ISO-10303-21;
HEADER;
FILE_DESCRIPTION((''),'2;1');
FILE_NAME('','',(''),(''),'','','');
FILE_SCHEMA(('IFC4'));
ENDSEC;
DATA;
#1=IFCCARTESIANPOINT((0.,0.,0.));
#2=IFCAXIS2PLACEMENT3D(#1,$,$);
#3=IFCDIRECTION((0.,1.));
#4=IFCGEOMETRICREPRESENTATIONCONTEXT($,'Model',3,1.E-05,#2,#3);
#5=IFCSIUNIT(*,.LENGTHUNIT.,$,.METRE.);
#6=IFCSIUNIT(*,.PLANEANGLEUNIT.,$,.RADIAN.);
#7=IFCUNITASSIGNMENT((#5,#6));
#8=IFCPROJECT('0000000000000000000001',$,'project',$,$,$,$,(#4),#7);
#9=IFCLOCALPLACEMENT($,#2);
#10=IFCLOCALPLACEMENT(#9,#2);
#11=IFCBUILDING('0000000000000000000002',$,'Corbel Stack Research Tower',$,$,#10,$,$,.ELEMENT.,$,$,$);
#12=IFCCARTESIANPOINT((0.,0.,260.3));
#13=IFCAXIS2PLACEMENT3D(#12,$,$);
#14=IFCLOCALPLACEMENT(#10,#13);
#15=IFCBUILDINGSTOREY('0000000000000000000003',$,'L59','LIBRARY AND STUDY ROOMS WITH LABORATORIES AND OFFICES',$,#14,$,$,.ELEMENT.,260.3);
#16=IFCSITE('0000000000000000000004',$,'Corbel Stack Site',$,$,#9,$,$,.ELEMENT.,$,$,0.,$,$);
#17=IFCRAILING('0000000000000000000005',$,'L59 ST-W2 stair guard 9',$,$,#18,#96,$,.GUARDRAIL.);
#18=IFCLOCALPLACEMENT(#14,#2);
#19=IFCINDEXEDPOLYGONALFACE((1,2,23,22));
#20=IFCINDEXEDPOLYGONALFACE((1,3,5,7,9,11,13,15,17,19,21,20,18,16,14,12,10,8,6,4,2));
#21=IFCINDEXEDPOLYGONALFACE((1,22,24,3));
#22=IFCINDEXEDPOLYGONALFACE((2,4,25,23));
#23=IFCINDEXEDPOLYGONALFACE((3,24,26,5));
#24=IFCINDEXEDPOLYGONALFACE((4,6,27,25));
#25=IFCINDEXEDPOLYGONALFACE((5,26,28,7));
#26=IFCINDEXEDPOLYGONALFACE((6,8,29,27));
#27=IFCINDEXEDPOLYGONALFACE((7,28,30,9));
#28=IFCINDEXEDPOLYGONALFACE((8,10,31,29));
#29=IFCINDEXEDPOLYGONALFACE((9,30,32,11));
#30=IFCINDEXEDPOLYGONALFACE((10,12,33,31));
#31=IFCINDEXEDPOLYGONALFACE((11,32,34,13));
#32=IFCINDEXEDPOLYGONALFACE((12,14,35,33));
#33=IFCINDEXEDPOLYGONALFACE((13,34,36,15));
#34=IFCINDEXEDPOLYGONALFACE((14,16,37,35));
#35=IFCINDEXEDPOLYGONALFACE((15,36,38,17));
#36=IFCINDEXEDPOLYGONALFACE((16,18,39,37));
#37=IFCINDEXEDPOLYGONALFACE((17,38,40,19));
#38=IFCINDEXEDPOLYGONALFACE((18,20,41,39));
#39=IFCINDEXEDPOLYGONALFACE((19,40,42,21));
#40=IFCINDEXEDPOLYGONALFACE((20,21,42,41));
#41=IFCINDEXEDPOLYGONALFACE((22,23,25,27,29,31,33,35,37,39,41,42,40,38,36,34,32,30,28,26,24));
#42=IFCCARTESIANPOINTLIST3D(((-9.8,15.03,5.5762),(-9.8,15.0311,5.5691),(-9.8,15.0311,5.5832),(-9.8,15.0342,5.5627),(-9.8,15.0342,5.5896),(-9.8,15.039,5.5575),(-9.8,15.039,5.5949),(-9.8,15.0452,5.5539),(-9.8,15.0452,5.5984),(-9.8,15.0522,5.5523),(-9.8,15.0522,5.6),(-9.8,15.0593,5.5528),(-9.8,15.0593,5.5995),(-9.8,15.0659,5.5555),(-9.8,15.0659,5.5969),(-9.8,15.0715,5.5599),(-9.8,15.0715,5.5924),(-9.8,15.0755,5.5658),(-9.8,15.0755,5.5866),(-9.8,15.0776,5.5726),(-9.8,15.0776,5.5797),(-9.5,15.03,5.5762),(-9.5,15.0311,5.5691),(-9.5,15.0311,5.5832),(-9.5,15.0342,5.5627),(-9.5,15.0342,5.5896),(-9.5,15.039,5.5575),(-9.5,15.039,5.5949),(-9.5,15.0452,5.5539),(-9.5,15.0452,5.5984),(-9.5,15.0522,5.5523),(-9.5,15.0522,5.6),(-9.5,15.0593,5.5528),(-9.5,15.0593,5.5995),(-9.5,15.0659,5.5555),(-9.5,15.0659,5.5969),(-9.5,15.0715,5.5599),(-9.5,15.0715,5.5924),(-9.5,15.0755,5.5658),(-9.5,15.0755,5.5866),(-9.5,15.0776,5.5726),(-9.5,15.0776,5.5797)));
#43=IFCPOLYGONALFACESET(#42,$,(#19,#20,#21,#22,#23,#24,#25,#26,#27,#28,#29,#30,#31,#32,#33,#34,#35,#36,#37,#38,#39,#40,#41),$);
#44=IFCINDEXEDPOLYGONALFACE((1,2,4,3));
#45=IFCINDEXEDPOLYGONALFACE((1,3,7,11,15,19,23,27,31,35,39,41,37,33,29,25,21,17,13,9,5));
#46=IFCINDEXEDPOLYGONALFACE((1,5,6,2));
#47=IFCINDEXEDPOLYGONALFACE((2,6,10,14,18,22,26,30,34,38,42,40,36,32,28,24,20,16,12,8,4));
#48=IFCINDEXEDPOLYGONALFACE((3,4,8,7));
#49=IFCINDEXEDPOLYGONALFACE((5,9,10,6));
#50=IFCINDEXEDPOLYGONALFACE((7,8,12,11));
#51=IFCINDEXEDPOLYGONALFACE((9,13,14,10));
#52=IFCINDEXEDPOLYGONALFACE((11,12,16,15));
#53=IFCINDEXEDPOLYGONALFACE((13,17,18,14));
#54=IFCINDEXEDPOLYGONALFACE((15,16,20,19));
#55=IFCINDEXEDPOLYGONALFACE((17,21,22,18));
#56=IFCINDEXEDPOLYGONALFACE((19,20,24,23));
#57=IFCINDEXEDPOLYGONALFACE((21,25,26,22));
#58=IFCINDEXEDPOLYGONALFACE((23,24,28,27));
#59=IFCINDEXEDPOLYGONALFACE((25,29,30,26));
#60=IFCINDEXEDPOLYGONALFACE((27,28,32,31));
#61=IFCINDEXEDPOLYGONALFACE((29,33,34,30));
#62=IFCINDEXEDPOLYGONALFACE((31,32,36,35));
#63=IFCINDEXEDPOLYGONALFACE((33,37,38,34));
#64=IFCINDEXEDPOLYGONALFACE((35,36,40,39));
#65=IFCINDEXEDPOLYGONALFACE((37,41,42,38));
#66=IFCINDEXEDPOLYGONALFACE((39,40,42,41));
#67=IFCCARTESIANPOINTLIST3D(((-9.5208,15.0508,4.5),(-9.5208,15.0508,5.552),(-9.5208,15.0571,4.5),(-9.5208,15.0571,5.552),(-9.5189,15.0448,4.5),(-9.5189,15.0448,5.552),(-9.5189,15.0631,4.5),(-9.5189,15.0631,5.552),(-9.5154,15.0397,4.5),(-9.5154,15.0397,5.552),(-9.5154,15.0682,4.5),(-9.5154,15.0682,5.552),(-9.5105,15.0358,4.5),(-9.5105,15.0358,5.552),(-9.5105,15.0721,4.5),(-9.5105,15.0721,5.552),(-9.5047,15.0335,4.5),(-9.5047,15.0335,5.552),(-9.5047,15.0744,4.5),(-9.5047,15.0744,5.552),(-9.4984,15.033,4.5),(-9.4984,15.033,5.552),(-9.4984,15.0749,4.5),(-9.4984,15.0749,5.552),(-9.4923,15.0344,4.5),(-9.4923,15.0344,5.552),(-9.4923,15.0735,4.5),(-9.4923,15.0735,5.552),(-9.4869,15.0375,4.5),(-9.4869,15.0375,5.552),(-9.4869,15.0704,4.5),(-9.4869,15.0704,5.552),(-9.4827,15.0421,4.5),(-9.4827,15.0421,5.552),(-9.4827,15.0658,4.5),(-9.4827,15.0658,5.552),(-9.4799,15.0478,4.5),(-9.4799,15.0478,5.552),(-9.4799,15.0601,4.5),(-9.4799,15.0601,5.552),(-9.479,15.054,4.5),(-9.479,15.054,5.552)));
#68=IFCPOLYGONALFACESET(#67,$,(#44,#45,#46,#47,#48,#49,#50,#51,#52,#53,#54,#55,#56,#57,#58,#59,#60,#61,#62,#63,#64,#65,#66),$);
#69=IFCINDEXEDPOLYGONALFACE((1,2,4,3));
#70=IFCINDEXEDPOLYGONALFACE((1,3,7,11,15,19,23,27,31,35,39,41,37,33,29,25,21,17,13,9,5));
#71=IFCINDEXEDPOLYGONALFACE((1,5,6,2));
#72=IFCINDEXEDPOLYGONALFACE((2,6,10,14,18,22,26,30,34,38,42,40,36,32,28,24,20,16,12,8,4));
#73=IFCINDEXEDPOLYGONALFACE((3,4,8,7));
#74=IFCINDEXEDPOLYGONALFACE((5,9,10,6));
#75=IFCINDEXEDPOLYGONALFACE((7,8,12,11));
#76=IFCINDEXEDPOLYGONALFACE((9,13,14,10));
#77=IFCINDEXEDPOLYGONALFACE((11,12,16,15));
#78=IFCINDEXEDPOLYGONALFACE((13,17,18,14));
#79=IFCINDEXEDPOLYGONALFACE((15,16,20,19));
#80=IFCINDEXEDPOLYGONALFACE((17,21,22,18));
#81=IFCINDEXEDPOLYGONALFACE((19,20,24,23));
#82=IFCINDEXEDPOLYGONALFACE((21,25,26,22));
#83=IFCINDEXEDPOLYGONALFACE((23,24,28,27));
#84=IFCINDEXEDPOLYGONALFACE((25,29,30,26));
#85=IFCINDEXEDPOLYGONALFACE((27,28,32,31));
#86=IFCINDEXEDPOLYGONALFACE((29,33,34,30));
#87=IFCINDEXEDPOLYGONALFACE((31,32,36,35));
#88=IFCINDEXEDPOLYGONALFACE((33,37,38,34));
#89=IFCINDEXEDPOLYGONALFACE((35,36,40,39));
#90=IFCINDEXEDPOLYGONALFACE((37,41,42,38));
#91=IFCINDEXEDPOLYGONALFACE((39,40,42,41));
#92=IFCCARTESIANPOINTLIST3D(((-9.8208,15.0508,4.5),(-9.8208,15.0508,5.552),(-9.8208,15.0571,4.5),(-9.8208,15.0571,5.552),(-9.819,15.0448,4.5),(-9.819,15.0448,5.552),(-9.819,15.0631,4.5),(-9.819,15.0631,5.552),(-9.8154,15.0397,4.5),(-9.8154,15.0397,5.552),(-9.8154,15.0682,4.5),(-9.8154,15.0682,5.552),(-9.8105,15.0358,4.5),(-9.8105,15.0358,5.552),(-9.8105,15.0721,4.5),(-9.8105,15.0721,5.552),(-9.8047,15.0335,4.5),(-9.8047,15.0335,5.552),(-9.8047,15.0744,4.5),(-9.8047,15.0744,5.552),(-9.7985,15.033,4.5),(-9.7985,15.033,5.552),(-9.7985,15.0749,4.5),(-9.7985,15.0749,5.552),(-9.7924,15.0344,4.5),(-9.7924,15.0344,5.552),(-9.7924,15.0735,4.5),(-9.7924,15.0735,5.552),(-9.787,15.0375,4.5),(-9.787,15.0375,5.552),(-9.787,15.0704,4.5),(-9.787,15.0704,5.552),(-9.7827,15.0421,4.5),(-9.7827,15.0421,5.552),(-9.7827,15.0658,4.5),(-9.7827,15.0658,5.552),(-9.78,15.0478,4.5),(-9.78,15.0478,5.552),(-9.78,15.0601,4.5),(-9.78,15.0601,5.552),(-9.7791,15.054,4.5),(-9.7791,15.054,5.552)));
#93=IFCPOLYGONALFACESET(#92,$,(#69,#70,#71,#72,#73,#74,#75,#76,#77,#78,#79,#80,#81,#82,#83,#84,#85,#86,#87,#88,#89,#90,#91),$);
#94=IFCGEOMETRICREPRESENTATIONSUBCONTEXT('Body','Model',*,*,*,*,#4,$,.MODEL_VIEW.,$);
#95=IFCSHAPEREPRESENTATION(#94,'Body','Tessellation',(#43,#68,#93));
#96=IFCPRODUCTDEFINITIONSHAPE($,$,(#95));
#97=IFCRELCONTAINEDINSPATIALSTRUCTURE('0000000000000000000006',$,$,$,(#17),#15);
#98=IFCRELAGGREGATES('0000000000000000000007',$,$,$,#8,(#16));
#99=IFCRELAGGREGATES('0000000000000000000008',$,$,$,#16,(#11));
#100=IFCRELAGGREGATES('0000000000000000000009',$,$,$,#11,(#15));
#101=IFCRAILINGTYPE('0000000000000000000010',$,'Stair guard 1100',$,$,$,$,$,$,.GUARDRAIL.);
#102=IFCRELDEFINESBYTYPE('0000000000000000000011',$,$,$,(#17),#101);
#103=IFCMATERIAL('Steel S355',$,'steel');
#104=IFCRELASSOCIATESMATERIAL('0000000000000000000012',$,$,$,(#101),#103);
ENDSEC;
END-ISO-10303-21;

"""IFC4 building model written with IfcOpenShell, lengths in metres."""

from ifc_helpers import new_model, si_unit, direction, frame, origin, origin_2d, place, context, subcontext, project, spatial, circle, extrude, material, type_object, element, save


model = new_model("IFC4")

# Units and contexts
model_context = context("Model", 3, precision=1e-05, world=origin(), true_north=direction((0.0, 1.0)))
body_context = subcontext(model_context, "Body", "Model", "MODEL_VIEW")
ifc_project = project(units=[si_unit("LENGTHUNIT", "METRE"), si_unit("PLANEANGLEUNIT", "RADIAN")], contexts=[model_context])

# Site, building, storey
site_placement = place(None, origin())
site = spatial("IfcSite", under=ifc_project, at=site_placement, Name="Corbel Stack Site", CompositionType="ELEMENT", RefElevation=0.0)
building_placement = place(site_placement, origin())
building = spatial("IfcBuilding", under=site, at=building_placement, Name="Corbel Stack Research Tower", CompositionType="ELEMENT")
storey_placement = place(building_placement, frame((0.0, 0.0, 260.3)))
storey = spatial("IfcBuildingStorey", under=building, at=storey_placement, Name="L59", Description="LIBRARY AND STUDY ROOMS WITH LABORATORIES AND OFFICES", CompositionType="ELEMENT", Elevation=260.3)

# Railing
ifc_material_1 = material(Name="Steel S355", Category="steel")
railing_type_1 = type_object("IfcRailingType", Name="Stair guard 1100", PredefinedType="GUARDRAIL", material=ifc_material_1)
railing_1_placement = place(storey_placement, frame((-9.5, 15.054, 4.5)))
element("IfcRailing", 1, at=railing_1_placement, inside=storey, type_object=railing_type_1, Name="L59 ST-W2 stair guard 9", PredefinedType="GUARDRAIL", context=body_context, shape_type="SweptSolid", body=[
    extrude(circle(Radius=0.0239, at=origin_2d()), frame((0.0, 0.0, 1.0762), z_axis=(-1.0, 0.0, 0.0), x_axis=(0.0, -1.0, 0.0)), (0.0, 0.0, 1.0), 0.3),
    extrude(circle(Radius=0.021, at=origin_2d()), origin(), (0.0, 0.0, 1.0), 1.052),
    extrude(circle(Radius=0.021, at=origin_2d()), frame((-0.3, 0.0, 0.0)), (0.0, 0.0, 1.0), 1.052),
])

save(model, "model.ifc")
